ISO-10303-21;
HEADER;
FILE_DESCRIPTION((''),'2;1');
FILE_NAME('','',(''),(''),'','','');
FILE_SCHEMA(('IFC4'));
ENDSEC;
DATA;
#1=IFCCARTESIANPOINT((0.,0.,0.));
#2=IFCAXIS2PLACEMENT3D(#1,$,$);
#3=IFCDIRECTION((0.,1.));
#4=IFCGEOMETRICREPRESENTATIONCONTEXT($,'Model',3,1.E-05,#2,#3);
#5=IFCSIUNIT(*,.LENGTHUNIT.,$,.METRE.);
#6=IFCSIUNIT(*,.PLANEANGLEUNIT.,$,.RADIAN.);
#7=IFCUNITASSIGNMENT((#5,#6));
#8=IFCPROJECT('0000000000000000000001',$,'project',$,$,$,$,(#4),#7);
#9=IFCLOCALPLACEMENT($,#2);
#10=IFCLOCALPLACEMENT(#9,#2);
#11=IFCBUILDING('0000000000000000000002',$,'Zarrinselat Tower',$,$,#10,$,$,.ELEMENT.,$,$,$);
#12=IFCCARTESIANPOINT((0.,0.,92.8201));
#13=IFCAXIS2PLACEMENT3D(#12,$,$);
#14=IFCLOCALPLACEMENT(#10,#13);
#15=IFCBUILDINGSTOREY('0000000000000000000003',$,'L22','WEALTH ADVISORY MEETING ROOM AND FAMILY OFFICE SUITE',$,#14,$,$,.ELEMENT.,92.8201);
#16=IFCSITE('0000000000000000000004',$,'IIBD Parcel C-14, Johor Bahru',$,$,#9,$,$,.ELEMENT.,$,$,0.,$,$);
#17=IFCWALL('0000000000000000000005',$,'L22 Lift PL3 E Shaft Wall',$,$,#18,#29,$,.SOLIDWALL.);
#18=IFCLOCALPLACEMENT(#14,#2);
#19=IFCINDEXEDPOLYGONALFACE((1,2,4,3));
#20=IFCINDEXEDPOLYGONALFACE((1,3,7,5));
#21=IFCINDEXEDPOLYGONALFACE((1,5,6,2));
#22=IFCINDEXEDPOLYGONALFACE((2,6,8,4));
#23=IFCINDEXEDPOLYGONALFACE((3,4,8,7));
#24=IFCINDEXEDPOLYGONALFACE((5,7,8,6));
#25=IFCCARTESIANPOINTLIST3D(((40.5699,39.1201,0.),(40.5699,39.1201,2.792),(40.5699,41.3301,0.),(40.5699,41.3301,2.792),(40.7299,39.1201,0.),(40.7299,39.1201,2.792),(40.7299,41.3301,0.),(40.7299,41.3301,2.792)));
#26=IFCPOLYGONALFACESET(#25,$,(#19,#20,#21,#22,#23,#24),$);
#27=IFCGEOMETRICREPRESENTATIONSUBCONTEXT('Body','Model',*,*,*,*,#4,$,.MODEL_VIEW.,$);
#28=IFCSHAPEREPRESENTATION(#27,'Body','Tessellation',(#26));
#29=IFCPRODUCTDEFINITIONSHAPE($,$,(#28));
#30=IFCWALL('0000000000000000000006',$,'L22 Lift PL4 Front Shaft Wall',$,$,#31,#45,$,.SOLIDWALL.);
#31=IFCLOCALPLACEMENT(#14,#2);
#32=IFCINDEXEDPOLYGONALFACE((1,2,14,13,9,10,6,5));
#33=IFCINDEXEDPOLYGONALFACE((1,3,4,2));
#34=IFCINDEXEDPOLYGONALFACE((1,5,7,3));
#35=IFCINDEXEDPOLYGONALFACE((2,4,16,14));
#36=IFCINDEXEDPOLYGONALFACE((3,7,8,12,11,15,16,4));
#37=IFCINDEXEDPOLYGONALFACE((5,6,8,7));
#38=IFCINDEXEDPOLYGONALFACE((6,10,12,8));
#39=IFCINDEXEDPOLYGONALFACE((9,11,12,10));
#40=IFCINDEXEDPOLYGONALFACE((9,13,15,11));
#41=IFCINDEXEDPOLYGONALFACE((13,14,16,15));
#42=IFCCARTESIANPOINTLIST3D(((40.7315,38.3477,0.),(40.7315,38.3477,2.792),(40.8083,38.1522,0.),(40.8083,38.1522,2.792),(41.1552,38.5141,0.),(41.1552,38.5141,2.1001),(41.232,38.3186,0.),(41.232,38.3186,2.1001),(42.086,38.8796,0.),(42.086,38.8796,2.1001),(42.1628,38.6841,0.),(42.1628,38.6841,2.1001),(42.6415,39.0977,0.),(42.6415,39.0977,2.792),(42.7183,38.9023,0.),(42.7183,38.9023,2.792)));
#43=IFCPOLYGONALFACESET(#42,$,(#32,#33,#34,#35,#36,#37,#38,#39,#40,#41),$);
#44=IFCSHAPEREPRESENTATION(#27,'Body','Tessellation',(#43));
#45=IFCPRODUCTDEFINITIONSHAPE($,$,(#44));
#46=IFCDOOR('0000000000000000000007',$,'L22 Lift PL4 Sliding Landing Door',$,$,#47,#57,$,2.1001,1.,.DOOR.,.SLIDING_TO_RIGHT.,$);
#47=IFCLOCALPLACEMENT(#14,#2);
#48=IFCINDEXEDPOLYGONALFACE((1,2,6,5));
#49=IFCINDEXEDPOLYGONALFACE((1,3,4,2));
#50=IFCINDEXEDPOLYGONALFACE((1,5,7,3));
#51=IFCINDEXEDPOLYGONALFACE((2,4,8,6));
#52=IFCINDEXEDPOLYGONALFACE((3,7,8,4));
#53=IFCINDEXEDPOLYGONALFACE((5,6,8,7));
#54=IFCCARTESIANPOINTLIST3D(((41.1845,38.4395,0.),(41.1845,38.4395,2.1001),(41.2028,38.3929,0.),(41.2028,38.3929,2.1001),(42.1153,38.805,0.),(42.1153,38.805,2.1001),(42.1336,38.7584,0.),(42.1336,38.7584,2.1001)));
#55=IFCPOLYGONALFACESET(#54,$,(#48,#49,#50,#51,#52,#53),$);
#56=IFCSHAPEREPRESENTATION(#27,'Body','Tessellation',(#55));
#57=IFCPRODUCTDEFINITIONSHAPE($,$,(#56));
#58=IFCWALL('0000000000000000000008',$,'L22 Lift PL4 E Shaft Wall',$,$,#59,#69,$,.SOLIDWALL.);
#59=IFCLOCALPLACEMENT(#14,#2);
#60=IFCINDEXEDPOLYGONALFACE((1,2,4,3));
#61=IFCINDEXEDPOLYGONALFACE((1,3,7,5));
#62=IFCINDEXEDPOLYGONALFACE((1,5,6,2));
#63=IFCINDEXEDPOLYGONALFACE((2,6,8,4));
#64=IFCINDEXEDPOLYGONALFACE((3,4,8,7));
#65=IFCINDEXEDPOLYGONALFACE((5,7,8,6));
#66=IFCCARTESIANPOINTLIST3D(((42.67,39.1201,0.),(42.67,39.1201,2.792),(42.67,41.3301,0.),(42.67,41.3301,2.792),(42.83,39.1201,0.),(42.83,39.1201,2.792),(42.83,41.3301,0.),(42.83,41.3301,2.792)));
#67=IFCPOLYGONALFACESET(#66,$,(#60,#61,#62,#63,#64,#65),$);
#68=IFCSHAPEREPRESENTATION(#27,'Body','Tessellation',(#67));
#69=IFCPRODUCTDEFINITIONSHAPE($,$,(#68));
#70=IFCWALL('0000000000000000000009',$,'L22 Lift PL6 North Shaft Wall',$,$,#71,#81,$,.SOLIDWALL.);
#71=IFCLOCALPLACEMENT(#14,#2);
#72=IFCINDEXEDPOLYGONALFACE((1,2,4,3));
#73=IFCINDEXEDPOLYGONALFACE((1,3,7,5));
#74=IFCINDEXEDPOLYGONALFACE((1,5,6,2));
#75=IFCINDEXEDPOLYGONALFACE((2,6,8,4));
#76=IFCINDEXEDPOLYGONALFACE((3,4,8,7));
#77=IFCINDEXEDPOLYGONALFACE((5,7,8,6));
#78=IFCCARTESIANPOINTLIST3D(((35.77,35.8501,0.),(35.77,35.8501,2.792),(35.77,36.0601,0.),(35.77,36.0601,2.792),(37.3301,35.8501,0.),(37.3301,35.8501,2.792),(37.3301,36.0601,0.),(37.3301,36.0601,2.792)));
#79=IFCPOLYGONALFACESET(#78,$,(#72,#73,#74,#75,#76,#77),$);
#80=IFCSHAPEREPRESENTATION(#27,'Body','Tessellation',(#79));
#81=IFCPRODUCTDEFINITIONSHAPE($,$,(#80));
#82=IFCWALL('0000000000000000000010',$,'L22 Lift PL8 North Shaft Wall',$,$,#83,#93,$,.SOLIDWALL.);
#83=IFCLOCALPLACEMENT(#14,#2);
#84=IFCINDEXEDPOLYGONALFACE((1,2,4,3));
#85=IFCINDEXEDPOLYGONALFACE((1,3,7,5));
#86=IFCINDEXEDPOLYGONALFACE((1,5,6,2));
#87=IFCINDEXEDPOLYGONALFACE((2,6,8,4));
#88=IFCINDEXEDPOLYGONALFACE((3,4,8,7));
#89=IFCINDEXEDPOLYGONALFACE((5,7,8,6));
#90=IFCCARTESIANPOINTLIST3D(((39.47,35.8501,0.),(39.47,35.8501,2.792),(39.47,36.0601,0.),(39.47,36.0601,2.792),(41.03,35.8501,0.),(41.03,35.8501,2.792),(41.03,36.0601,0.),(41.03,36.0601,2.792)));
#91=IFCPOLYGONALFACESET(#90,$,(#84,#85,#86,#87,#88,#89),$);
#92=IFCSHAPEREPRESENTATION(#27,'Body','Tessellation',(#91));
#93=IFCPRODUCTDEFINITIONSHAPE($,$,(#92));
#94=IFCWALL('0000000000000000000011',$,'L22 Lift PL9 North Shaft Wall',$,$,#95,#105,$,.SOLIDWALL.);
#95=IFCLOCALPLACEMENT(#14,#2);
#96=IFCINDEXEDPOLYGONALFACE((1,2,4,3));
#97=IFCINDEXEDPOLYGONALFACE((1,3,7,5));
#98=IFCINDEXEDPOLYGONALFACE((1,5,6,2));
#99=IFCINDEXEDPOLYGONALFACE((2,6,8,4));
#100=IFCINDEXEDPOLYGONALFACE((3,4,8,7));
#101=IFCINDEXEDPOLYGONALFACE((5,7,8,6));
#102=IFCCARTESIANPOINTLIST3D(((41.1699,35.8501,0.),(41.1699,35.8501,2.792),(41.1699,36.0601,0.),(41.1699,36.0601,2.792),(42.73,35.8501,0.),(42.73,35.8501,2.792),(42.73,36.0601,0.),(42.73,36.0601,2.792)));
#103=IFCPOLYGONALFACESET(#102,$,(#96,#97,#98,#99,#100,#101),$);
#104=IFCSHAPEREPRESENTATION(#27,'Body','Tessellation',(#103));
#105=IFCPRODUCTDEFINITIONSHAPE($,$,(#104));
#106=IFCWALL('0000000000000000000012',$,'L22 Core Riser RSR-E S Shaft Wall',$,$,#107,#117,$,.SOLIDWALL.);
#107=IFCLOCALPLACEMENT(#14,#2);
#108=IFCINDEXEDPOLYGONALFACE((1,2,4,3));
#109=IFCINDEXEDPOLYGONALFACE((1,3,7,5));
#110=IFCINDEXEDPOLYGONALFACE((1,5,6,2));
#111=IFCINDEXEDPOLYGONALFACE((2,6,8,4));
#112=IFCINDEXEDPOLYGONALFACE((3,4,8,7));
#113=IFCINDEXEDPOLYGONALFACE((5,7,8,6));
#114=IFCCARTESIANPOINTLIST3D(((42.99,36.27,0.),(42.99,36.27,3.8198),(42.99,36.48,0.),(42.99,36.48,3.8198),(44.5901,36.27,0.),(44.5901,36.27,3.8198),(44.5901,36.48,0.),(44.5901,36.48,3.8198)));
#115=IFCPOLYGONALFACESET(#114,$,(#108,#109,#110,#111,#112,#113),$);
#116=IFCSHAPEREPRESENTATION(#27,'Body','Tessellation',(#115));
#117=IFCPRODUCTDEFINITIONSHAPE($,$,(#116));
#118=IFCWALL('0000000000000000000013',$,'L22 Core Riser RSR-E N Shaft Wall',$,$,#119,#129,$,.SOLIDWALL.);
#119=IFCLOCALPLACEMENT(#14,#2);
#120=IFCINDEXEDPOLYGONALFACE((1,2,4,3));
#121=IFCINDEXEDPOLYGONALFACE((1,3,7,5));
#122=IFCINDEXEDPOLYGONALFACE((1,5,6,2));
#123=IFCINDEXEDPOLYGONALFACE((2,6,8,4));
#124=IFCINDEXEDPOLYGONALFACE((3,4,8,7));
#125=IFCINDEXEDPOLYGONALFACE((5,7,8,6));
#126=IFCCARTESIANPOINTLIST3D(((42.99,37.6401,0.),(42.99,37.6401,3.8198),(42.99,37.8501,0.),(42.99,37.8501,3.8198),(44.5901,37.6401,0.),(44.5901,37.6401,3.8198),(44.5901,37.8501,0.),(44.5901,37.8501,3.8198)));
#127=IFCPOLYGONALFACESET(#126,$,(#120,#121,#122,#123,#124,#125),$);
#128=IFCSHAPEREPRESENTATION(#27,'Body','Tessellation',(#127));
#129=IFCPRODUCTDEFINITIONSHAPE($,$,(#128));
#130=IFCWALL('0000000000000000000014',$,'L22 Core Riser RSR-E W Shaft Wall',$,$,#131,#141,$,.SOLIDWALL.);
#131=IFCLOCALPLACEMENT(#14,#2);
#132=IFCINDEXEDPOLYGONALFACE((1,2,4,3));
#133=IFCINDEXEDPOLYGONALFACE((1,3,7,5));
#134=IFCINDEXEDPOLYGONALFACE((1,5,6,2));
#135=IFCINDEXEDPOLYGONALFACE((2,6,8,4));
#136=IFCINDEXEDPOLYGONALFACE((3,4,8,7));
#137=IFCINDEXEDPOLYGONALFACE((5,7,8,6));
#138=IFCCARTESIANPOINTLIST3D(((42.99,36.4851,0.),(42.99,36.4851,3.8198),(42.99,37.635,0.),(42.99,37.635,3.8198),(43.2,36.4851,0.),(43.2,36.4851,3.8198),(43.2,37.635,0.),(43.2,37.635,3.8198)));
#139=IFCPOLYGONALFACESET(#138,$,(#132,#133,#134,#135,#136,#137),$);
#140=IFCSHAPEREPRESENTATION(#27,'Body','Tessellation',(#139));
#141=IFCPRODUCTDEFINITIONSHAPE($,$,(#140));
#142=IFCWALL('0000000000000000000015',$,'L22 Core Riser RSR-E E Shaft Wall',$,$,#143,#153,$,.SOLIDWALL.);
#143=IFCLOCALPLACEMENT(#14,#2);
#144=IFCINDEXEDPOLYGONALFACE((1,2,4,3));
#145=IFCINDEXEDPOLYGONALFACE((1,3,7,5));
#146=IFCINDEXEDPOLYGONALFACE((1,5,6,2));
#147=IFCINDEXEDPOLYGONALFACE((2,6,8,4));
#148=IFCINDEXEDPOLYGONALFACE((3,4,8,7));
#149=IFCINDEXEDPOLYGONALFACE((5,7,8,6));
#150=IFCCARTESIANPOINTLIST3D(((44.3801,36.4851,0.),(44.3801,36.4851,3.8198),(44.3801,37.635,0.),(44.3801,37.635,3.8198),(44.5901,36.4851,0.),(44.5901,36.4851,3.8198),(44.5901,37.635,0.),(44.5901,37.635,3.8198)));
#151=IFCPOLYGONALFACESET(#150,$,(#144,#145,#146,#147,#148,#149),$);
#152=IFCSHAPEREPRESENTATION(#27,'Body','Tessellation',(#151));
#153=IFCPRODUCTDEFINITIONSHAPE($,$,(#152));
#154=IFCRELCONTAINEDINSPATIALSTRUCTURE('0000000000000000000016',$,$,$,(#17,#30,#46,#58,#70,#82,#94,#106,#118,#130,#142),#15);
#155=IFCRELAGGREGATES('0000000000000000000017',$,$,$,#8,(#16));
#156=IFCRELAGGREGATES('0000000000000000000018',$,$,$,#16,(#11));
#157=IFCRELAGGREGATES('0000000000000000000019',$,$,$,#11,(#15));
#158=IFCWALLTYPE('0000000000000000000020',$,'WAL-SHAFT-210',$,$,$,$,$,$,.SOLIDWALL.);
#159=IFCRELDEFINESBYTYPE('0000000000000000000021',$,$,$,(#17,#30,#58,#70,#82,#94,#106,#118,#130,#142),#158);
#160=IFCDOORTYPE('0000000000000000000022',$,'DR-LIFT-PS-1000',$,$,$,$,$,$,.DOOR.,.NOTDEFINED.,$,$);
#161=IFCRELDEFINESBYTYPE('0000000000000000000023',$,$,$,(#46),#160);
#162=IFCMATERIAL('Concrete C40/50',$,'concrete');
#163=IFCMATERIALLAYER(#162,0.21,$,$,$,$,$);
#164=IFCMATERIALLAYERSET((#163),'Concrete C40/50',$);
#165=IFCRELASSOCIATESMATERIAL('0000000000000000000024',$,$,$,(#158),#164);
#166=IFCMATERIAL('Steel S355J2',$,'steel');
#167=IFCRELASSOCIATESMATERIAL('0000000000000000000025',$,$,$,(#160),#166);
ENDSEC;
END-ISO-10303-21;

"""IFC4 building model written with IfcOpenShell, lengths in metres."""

from ifc_helpers import new_model, si_unit, direction, frame, frame_2d, origin, place, context, subcontext, project, spatial, rectangle, extrude, material, layer, layer_set, type_object, element, fill, save


model = new_model("IFC4")

# Units and contexts
model_context = context("Model", 3, precision=1e-05, world=origin(), true_north=direction((0.0, 1.0)))
body_context = subcontext(model_context, "Body", "Model", "MODEL_VIEW")
ifc_project = project(units=[si_unit("LENGTHUNIT", "METRE"), si_unit("PLANEANGLEUNIT", "RADIAN")], contexts=[model_context])

# Site, building, storey
site_placement = place(None, origin())
site = spatial("IfcSite", under=ifc_project, at=site_placement, Name="IIBD Parcel C-14, Johor Bahru", CompositionType="ELEMENT", RefElevation=0.0)
building_placement = place(site_placement, origin())
building = spatial("IfcBuilding", under=site, at=building_placement, Name="Zarrinselat Tower", CompositionType="ELEMENT")
storey_placement = place(building_placement, frame((0.0, 0.0, 92.8201)))
storey = spatial("IfcBuildingStorey", under=building, at=storey_placement, Name="L22", Description="WEALTH ADVISORY MEETING ROOM AND FAMILY OFFICE SUITE", CompositionType="ELEMENT", Elevation=92.8201)

# Shared definitions
ifc_material_1 = material(Name="Concrete C40/50", Category="concrete")
ifc_layer_1 = layer(ifc_material_1, 0.21)
ifc_layer_set_1 = layer_set([ifc_layer_1], Name="Concrete C40/50")
wall_type_1 = type_object("IfcWallType", Name="WAL-SHAFT-210", PredefinedType="SOLIDWALL", material=ifc_layer_set_1)

# Shared definitions
ifc_material_2 = material(Name="Steel S355J2", Category="steel")
door_type_1 = type_object("IfcDoorType", Name="DR-LIFT-PS-1000", OperationType="NOTDEFINED", PredefinedType="DOOR", material=ifc_material_2)

# Wall
for number, where, z_axis, x_axis, name in (
    (1, (40.6499, 39.1201, 0.0), (0.0, 0.0, 1.0), (0.0, 1.0, 0.0), "L22 Lift PL3 E Shaft Wall"),
):
    element("IfcWall", number, at=place(storey_placement, frame(where, z_axis=z_axis, x_axis=x_axis)), inside=storey, type_object=wall_type_1, Name=name, PredefinedType="SOLIDWALL", context=body_context, shape_type="SweptSolid", body=[
        extrude(rectangle(XDim=2.21, YDim=0.1599, at=frame_2d((1.105, 0.0))), origin(), (0.0, 0.0, 1.0), 2.792),
    ])

# Wall, opening, door
wall_1_placement = place(storey_placement, frame((40.77, 38.25, 0.0), z_axis=(0.0, 0.0, 1.0), x_axis=(0.930805, 0.365516, 0.0)))
wall_1 = element("IfcWall", 2, at=wall_1_placement, inside=storey, type_object=wall_type_1, Name="L22 Lift PL4 Front Shaft Wall", PredefinedType="SOLIDWALL", context=body_context, shape_type="SweptSolid", body=[
    extrude(rectangle(XDim=2.052, YDim=0.21, at=frame_2d((1.0259, 0.0))), origin(), (0.0, 0.0, 1.0), 2.792),
])
opening_1_placement = place(wall_1_placement, frame((0.4551, 0.0, 0.0)))
opening_1 = element("IfcOpeningElement", 3, at=opening_1_placement, cuts=wall_1, PredefinedType="OPENING", context=body_context, shape_type="SweptSolid", body=[
    extrude(rectangle(XDim=1.0, YDim=2.1001, at=frame_2d((0.5, 1.05))), frame((0.0, 0.115, 0.0), z_axis=(0.0, -1.0, 0.0), x_axis=(1.0, 0.0, 0.0)), (0.0, 0.0, 1.0), 0.23),
])
door_1_placement = place(opening_1_placement, origin())
door_1 = element("IfcDoor", 4, at=door_1_placement, inside=storey, type_object=door_type_1, Name="L22 Lift PL4 Sliding Landing Door", OperationType="SLIDING_TO_RIGHT", OverallHeight=2.1001, OverallWidth=1.0, PredefinedType="DOOR", context=body_context, shape_type="SweptSolid", body=[
    extrude(rectangle(XDim=1.0, YDim=2.1001, at=frame_2d((0.5, 1.05))), frame((0.0, 0.0249, 0.0), z_axis=(0.0, -1.0, 0.0), x_axis=(1.0, 0.0, 0.0)), (0.0, 0.0, 1.0), 0.05),
])
fill(opening_1, door_1)

# Walls
wall_2_placement = place(storey_placement, frame((42.75, 39.1201, 0.0), z_axis=(0.0, 0.0, 1.0), x_axis=(0.0, 1.0, 0.0)))
element("IfcWall", 5, at=wall_2_placement, inside=storey, type_object=wall_type_1, Name="L22 Lift PL4 E Shaft Wall", PredefinedType="SOLIDWALL", context=body_context, shape_type="SweptSolid", body=[
    extrude(rectangle(XDim=2.21, YDim=0.1599, at=frame_2d((1.105, 0.0))), origin(), (0.0, 0.0, 1.0), 2.792),
])
for number, where, z_axis, x_axis, name in (
    (6, (35.77, 35.9551, 0.0), (0.0, 0.0, 1.0), (1.0, 0.0, 0.0), "L22 Lift PL6 North Shaft Wall"),
    (7, (39.47, 35.9551, 0.0), (0.0, 0.0, 1.0), (1.0, 0.0, 0.0), "L22 Lift PL8 North Shaft Wall"),
    (8, (41.1699, 35.9551, 0.0), (0.0, 0.0, 1.0), (1.0, 0.0, 0.0), "L22 Lift PL9 North Shaft Wall"),
):
    element("IfcWall", number, at=place(storey_placement, frame(where, z_axis=z_axis, x_axis=x_axis)), inside=storey, type_object=wall_type_1, Name=name, PredefinedType="SOLIDWALL", context=body_context, shape_type="SweptSolid", body=[
        extrude(rectangle(XDim=1.5601, YDim=0.21, at=frame_2d((0.78, 0.0))), origin(), (0.0, 0.0, 1.0), 2.792),
    ])
for number, where, z_axis, x_axis, name in (
    (9, (42.99, 36.375, 0.0), (0.0, 0.0, 1.0), (1.0, 0.0, 0.0), "L22 Core Riser RSR-E S Shaft Wall"),
    (10, (42.99, 37.7451, 0.0), (0.0, 0.0, 1.0), (1.0, 0.0, 0.0), "L22 Core Riser RSR-E N Shaft Wall"),
):
    element("IfcWall", number, at=place(storey_placement, frame(where, z_axis=z_axis, x_axis=x_axis)), inside=storey, type_object=wall_type_1, Name=name, PredefinedType="SOLIDWALL", context=body_context, shape_type="SweptSolid", body=[
        extrude(rectangle(XDim=1.6001, YDim=0.21, at=frame_2d((0.8, 0.0))), origin(), (0.0, 0.0, 1.0), 3.8198),
    ])
for number, where, z_axis, x_axis, name in (
    (11, (43.095, 36.4851, 0.0), (0.0, 0.0, 1.0), (0.0, 1.0, 0.0), "L22 Core Riser RSR-E W Shaft Wall"),
    (12, (44.4851, 36.4851, 0.0), (0.0, 0.0, 1.0), (0.0, 1.0, 0.0), "L22 Core Riser RSR-E E Shaft Wall"),
):
    element("IfcWall", number, at=place(storey_placement, frame(where, z_axis=z_axis, x_axis=x_axis)), inside=storey, type_object=wall_type_1, Name=name, PredefinedType="SOLIDWALL", context=body_context, shape_type="SweptSolid", body=[
        extrude(rectangle(XDim=1.1499, YDim=0.21, at=frame_2d((0.575, 0.0))), origin(), (0.0, 0.0, 1.0), 3.8198),
    ])

save(model, "model.ifc")
